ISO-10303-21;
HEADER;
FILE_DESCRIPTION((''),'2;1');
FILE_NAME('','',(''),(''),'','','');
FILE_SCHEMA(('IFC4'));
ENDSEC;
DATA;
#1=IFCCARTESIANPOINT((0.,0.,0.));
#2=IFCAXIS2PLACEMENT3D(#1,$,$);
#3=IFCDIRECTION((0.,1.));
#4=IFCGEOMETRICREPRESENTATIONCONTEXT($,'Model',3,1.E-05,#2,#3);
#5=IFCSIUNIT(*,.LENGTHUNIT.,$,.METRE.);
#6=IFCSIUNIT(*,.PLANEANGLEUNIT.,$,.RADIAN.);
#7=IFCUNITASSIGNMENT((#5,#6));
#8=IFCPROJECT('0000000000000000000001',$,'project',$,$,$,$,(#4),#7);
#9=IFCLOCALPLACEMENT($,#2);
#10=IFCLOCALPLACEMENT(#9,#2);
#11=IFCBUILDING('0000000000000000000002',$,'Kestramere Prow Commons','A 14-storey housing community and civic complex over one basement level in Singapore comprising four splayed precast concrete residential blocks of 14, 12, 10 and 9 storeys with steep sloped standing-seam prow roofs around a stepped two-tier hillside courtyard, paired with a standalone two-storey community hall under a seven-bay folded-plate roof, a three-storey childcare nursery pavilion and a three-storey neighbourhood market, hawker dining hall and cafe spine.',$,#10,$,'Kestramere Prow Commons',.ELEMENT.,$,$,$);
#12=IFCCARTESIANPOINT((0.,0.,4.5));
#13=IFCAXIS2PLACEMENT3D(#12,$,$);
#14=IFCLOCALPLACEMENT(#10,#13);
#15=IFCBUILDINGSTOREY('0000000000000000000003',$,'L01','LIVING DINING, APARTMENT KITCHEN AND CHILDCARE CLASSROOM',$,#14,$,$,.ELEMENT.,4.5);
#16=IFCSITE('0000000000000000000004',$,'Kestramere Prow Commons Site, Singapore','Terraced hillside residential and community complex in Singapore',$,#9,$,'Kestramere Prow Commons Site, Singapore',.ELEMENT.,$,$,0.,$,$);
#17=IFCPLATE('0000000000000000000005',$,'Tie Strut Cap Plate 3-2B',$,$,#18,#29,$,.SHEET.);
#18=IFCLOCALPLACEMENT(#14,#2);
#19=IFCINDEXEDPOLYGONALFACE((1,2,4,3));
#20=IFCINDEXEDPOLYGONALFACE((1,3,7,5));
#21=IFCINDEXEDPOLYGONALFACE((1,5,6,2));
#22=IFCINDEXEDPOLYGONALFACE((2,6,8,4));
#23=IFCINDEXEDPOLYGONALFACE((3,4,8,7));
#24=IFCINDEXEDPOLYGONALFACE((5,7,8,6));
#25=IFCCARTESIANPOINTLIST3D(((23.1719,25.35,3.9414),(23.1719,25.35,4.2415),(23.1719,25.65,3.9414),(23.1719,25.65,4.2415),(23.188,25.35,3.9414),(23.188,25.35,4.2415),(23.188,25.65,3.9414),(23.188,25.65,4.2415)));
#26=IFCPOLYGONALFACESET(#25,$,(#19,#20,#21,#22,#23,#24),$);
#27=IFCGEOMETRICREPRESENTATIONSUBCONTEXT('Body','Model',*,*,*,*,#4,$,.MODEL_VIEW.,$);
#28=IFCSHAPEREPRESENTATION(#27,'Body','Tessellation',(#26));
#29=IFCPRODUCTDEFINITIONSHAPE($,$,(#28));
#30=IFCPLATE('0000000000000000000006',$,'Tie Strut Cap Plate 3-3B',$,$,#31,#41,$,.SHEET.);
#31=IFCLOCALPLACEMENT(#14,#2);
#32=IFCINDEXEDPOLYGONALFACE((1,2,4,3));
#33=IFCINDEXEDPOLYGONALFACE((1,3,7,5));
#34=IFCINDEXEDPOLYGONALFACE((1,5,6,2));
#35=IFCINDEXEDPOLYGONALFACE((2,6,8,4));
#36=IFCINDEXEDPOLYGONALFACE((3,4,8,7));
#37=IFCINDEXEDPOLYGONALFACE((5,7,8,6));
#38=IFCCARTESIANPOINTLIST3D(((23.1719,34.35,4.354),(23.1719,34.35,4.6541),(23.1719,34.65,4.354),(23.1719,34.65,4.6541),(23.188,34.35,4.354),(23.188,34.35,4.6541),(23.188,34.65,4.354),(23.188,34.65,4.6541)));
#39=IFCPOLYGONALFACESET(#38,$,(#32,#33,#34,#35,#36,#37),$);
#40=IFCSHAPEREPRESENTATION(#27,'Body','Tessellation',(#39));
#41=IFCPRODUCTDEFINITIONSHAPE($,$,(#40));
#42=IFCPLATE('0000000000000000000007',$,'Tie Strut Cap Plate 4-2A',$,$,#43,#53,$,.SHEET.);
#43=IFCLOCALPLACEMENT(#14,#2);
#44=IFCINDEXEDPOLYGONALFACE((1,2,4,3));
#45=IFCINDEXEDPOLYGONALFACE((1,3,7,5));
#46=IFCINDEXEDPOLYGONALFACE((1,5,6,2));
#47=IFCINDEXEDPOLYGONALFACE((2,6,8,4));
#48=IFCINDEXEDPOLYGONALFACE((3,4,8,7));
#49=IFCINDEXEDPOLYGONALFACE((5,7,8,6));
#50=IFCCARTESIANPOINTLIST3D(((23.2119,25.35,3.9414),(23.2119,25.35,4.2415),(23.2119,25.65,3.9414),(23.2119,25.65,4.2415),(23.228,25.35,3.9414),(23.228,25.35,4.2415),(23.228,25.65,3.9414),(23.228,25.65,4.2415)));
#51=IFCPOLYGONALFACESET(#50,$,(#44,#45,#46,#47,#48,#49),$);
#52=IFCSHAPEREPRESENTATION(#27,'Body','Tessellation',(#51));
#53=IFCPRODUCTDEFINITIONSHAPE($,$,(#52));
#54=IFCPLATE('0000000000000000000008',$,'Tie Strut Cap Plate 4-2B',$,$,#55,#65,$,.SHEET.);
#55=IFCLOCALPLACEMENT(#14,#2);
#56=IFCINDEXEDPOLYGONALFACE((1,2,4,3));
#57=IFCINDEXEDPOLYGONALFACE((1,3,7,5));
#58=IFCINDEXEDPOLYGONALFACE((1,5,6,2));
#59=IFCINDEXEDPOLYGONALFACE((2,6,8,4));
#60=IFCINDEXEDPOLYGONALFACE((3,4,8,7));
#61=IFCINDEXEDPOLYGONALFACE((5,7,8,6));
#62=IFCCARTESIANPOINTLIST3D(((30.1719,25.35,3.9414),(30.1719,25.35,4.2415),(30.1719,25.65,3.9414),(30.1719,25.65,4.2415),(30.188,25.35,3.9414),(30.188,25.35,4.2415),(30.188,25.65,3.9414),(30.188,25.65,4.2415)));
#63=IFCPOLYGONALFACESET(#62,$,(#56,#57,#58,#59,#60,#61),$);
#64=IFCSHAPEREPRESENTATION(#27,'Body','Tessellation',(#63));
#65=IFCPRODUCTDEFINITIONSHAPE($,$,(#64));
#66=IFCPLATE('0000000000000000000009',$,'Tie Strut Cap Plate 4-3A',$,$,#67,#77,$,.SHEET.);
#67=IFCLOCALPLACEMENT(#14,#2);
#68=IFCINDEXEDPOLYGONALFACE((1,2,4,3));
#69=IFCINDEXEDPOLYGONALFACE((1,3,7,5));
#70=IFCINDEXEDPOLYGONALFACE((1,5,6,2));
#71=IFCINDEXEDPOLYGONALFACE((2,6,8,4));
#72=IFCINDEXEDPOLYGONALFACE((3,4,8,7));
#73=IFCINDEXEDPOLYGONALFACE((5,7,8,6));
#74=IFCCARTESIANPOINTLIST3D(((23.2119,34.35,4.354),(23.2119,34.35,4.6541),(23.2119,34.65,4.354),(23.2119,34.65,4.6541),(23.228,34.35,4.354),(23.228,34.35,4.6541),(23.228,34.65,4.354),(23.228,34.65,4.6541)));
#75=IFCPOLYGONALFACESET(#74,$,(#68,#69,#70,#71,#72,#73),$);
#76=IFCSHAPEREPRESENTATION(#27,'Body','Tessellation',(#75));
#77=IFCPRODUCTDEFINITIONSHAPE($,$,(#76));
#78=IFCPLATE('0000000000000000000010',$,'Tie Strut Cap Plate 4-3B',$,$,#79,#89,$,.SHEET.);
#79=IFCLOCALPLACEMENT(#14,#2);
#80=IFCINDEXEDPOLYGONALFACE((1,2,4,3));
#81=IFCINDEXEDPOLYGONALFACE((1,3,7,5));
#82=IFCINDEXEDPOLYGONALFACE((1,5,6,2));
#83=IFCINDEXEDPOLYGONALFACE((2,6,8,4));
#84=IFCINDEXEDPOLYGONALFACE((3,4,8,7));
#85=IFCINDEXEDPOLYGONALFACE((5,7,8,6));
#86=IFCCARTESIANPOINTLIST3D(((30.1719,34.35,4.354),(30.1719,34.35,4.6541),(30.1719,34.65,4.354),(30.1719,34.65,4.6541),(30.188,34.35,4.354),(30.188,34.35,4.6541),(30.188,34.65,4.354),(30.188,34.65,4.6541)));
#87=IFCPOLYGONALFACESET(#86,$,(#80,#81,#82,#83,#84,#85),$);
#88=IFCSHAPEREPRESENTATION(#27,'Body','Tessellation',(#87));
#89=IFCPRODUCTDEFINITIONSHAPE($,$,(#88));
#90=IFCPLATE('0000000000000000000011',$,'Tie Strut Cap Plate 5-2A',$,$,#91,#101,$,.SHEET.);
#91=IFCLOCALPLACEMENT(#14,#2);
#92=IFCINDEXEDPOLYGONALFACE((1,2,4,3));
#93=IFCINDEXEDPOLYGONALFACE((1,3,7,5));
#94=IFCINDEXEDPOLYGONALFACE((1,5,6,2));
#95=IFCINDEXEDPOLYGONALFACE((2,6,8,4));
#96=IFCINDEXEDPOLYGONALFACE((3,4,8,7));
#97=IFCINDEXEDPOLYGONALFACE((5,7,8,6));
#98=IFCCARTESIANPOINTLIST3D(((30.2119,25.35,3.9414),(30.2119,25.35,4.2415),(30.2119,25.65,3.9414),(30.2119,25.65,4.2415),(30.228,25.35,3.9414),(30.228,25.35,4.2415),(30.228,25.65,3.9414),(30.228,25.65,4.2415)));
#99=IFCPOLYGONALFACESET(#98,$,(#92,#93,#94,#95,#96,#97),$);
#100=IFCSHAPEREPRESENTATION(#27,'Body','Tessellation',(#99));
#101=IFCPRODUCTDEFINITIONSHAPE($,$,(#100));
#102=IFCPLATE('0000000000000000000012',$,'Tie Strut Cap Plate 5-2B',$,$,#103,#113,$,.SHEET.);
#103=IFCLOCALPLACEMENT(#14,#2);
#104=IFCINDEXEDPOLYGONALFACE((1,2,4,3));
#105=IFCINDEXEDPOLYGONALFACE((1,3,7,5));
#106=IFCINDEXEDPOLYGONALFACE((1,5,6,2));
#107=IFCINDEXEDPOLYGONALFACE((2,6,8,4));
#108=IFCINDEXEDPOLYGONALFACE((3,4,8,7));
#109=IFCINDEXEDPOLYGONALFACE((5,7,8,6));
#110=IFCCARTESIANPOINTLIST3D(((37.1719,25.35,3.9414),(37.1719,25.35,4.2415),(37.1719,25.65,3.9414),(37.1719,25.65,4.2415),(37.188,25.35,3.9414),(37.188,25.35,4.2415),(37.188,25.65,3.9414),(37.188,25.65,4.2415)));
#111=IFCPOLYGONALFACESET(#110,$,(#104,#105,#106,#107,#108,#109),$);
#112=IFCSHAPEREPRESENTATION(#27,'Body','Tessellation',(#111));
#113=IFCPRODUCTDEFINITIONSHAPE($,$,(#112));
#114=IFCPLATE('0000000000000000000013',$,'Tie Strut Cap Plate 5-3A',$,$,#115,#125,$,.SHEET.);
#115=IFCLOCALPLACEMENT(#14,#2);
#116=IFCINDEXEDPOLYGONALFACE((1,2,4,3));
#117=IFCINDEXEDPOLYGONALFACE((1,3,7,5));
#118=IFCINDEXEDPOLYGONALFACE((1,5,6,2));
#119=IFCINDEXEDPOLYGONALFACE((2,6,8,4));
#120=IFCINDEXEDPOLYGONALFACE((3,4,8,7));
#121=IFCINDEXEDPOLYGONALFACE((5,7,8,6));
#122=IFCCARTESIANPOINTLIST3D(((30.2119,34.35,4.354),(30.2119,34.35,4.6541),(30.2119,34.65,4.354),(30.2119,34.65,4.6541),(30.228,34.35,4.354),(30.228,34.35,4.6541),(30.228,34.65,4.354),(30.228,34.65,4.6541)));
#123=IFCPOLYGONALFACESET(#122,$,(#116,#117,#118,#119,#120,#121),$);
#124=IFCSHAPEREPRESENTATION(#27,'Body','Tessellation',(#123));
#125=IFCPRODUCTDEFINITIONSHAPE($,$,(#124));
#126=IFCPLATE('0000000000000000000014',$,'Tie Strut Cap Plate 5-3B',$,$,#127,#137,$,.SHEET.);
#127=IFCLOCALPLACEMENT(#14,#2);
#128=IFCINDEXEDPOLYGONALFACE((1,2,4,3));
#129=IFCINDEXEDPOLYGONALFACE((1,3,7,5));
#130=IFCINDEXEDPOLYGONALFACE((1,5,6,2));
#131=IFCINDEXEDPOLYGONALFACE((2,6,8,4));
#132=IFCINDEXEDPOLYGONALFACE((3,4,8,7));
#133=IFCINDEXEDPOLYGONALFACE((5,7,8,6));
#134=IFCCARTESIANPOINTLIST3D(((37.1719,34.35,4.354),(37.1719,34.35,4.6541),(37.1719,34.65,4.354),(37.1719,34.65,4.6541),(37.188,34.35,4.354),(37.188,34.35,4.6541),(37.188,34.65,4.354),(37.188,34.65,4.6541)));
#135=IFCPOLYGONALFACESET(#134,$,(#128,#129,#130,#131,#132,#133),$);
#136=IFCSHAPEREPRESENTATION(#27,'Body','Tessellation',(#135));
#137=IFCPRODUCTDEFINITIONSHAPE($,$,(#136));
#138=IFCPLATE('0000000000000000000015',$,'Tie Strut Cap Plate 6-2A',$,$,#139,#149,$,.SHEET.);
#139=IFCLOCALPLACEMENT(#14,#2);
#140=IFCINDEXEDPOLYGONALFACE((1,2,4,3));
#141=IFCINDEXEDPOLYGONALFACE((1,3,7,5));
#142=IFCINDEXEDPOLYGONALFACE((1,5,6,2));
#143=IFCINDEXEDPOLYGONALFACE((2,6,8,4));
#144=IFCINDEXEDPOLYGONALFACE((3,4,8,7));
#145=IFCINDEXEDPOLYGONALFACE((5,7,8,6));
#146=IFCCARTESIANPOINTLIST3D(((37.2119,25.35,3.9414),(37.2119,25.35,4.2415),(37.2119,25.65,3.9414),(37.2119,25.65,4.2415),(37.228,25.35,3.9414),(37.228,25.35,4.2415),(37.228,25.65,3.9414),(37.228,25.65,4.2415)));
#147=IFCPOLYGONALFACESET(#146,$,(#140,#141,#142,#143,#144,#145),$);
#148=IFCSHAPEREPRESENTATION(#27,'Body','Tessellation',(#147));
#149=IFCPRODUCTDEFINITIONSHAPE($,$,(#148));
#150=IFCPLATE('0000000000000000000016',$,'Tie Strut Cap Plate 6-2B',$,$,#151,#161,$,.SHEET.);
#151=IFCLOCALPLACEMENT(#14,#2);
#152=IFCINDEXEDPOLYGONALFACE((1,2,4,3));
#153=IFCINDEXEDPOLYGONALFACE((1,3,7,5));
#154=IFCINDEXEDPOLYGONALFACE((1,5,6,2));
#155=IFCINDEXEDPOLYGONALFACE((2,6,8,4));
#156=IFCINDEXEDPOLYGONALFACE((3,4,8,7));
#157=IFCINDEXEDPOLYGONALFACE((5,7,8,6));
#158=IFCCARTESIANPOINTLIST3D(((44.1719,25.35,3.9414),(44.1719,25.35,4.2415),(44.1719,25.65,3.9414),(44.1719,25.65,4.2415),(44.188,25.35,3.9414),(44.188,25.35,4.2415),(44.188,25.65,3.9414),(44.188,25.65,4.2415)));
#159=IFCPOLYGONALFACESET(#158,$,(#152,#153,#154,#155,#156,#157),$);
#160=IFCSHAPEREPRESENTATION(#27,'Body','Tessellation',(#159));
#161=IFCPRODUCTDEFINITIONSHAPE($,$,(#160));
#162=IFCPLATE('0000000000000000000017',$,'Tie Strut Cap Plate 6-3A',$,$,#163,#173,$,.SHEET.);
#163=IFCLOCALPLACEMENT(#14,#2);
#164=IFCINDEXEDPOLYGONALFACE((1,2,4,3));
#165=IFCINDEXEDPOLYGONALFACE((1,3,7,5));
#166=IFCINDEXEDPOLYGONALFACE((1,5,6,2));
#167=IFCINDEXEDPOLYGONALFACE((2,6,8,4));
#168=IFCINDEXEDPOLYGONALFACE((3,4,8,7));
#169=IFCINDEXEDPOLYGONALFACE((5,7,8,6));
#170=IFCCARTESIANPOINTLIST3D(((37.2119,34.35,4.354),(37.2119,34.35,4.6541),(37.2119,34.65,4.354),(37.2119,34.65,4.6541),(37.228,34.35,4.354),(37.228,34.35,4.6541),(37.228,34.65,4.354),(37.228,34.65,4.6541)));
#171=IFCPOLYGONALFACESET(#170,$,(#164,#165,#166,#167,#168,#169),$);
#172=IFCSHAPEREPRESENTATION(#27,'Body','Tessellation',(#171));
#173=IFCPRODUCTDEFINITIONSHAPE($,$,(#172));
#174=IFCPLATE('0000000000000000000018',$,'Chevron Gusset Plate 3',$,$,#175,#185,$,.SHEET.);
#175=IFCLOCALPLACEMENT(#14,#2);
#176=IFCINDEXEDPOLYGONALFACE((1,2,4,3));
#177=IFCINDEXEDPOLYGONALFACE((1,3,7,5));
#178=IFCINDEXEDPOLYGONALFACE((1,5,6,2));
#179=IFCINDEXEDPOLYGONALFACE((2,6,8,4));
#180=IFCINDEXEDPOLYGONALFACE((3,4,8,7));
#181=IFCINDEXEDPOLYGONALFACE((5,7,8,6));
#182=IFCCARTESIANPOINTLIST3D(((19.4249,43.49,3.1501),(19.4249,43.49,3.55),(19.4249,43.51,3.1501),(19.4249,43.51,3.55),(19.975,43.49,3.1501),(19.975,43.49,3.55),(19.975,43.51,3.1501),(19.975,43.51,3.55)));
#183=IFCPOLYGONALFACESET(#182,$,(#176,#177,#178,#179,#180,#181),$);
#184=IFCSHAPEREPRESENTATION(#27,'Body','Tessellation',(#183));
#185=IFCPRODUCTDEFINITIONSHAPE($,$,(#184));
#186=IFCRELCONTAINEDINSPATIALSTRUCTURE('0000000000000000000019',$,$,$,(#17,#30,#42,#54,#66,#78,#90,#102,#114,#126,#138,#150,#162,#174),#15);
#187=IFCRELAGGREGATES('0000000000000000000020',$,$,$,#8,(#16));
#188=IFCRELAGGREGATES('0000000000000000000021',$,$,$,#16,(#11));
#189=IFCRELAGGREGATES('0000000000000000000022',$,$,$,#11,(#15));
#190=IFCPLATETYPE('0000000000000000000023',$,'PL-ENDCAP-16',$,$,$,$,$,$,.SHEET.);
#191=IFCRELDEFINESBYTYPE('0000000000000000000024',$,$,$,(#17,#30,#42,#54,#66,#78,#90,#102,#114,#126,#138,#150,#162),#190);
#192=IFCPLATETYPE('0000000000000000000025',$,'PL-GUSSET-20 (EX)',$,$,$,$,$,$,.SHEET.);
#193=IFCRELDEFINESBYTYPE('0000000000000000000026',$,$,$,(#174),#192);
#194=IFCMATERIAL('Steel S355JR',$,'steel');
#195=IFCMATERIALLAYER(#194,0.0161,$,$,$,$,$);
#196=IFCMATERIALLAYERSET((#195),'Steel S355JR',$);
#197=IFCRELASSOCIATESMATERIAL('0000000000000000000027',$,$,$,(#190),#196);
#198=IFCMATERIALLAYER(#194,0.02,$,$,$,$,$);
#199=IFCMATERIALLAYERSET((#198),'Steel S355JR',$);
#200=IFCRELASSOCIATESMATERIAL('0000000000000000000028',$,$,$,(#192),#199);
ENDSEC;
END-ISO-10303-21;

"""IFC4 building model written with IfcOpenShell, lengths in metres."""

from ifc_helpers import new_model, si_unit, direction, frame, origin, origin_2d, place, context, subcontext, project, spatial, rectangle, extrude, material, layer, layer_set, type_object, element, save


model = new_model("IFC4")

# Units and contexts
model_context = context("Model", 3, precision=1e-05, world=origin(), true_north=direction((0.0, 1.0)))
body_context = subcontext(model_context, "Body", "Model", "MODEL_VIEW")
ifc_project = project(units=[si_unit("LENGTHUNIT", "METRE"), si_unit("PLANEANGLEUNIT", "RADIAN")], contexts=[model_context])

# Site, building, storey
site_placement = place(None, origin())
site = spatial("IfcSite", under=ifc_project, at=site_placement, Name="Kestramere Prow Commons Site, Singapore", Description="Terraced hillside residential and community complex in Singapore", LongName="Kestramere Prow Commons Site, Singapore", CompositionType="ELEMENT", RefElevation=0.0)
building_placement = place(site_placement, origin())
building = spatial("IfcBuilding", under=site, at=building_placement, Name="Kestramere Prow Commons", Description="A 14-storey housing community and civic complex over one basement level in Singapore comprising four splayed precast concrete residential blocks of 14, 12, 10 and 9 storeys with steep sloped standing-seam prow roofs around a stepped two-tier hillside courtyard, paired with a standalone two-storey community hall under a seven-bay folded-plate roof, a three-storey childcare nursery pavilion and a three-storey neighbourhood market, hawker dining hall and cafe spine.", LongName="Kestramere Prow Commons", CompositionType="ELEMENT")
storey_placement = place(building_placement, frame((0.0, 0.0, 4.5)))
storey = spatial("IfcBuildingStorey", under=building, at=storey_placement, Name="L01", Description="LIVING DINING, APARTMENT KITCHEN AND CHILDCARE CLASSROOM", CompositionType="ELEMENT", Elevation=4.5)

# Shared definitions
ifc_material_1 = material(Name="Steel S355JR", Category="steel")

# Plates
ifc_layer_1 = layer(ifc_material_1, 0.0161)
ifc_layer_set_1 = layer_set([ifc_layer_1], Name="Steel S355JR")
plate_type_1 = type_object("IfcPlateType", Name="PL-ENDCAP-16", PredefinedType="SHEET", material=ifc_layer_set_1)
for number, where, z_axis, x_axis, name in (
    (1, (23.1799, 25.5, 3.9414), (0.0, 0.0, 1.0), (1.0, 0.0, 0.0), "Tie Strut Cap Plate 3-2B"),
    (2, (23.1799, 34.5, 4.354), (0.0, 0.0, 1.0), (1.0, 0.0, 0.0), "Tie Strut Cap Plate 3-3B"),
    (3, (23.22, 25.5, 3.9414), (0.0, 0.0, 1.0), (1.0, 0.0, 0.0), "Tie Strut Cap Plate 4-2A"),
    (4, (30.1799, 25.5, 3.9414), (0.0, 0.0, 1.0), (1.0, 0.0, 0.0), "Tie Strut Cap Plate 4-2B"),
    (5, (23.22, 34.5, 4.354), (0.0, 0.0, 1.0), (1.0, 0.0, 0.0), "Tie Strut Cap Plate 4-3A"),
    (6, (30.1799, 34.5, 4.354), (0.0, 0.0, 1.0), (1.0, 0.0, 0.0), "Tie Strut Cap Plate 4-3B"),
    (7, (30.22, 25.5, 3.9414), (0.0, 0.0, 1.0), (1.0, 0.0, 0.0), "Tie Strut Cap Plate 5-2A"),
    (8, (37.1799, 25.5, 3.9414), (0.0, 0.0, 1.0), (1.0, 0.0, 0.0), "Tie Strut Cap Plate 5-2B"),
    (9, (30.22, 34.5, 4.354), (0.0, 0.0, 1.0), (1.0, 0.0, 0.0), "Tie Strut Cap Plate 5-3A"),
    (10, (37.1799, 34.5, 4.354), (0.0, 0.0, 1.0), (1.0, 0.0, 0.0), "Tie Strut Cap Plate 5-3B"),
    (11, (37.22, 25.5, 3.9414), (0.0, 0.0, 1.0), (1.0, 0.0, 0.0), "Tie Strut Cap Plate 6-2A"),
    (12, (44.1799, 25.5, 3.9414), (0.0, 0.0, 1.0), (1.0, 0.0, 0.0), "Tie Strut Cap Plate 6-2B"),
    (13, (37.22, 34.5, 4.354), (0.0, 0.0, 1.0), (1.0, 0.0, 0.0), "Tie Strut Cap Plate 6-3A"),
):
    element("IfcPlate", number, at=place(storey_placement, frame(where, z_axis=z_axis, x_axis=x_axis)), inside=storey, type_object=plate_type_1, Name=name, PredefinedType="SHEET", context=body_context, shape_type="SweptSolid", body=[
        extrude(rectangle(XDim=0.0161, YDim=0.3, at=origin_2d()), origin(), (0.0, 0.0, 1.0), 0.3),
    ])
ifc_layer_2 = layer(ifc_material_1, 0.02)
ifc_layer_set_2 = layer_set([ifc_layer_2], Name="Steel S355JR")
plate_type_2 = type_object("IfcPlateType", Name="PL-GUSSET-20 (EX)", PredefinedType="SHEET", material=ifc_layer_set_2)
plate_1_placement = place(storey_placement, frame((19.7, 43.5, 3.1501), z_axis=(0.0, 0.0, 1.0), x_axis=(1.0, 0.0, 0.0)))
element("IfcPlate", 14, at=plate_1_placement, inside=storey, type_object=plate_type_2, Name="Chevron Gusset Plate 3", PredefinedType="SHEET", context=body_context, shape_type="SweptSolid", body=[
    extrude(rectangle(XDim=0.55, YDim=0.02, at=origin_2d()), origin(), (0.0, 0.0, 1.0), 0.3999),
])

save(model, "model.ifc")
